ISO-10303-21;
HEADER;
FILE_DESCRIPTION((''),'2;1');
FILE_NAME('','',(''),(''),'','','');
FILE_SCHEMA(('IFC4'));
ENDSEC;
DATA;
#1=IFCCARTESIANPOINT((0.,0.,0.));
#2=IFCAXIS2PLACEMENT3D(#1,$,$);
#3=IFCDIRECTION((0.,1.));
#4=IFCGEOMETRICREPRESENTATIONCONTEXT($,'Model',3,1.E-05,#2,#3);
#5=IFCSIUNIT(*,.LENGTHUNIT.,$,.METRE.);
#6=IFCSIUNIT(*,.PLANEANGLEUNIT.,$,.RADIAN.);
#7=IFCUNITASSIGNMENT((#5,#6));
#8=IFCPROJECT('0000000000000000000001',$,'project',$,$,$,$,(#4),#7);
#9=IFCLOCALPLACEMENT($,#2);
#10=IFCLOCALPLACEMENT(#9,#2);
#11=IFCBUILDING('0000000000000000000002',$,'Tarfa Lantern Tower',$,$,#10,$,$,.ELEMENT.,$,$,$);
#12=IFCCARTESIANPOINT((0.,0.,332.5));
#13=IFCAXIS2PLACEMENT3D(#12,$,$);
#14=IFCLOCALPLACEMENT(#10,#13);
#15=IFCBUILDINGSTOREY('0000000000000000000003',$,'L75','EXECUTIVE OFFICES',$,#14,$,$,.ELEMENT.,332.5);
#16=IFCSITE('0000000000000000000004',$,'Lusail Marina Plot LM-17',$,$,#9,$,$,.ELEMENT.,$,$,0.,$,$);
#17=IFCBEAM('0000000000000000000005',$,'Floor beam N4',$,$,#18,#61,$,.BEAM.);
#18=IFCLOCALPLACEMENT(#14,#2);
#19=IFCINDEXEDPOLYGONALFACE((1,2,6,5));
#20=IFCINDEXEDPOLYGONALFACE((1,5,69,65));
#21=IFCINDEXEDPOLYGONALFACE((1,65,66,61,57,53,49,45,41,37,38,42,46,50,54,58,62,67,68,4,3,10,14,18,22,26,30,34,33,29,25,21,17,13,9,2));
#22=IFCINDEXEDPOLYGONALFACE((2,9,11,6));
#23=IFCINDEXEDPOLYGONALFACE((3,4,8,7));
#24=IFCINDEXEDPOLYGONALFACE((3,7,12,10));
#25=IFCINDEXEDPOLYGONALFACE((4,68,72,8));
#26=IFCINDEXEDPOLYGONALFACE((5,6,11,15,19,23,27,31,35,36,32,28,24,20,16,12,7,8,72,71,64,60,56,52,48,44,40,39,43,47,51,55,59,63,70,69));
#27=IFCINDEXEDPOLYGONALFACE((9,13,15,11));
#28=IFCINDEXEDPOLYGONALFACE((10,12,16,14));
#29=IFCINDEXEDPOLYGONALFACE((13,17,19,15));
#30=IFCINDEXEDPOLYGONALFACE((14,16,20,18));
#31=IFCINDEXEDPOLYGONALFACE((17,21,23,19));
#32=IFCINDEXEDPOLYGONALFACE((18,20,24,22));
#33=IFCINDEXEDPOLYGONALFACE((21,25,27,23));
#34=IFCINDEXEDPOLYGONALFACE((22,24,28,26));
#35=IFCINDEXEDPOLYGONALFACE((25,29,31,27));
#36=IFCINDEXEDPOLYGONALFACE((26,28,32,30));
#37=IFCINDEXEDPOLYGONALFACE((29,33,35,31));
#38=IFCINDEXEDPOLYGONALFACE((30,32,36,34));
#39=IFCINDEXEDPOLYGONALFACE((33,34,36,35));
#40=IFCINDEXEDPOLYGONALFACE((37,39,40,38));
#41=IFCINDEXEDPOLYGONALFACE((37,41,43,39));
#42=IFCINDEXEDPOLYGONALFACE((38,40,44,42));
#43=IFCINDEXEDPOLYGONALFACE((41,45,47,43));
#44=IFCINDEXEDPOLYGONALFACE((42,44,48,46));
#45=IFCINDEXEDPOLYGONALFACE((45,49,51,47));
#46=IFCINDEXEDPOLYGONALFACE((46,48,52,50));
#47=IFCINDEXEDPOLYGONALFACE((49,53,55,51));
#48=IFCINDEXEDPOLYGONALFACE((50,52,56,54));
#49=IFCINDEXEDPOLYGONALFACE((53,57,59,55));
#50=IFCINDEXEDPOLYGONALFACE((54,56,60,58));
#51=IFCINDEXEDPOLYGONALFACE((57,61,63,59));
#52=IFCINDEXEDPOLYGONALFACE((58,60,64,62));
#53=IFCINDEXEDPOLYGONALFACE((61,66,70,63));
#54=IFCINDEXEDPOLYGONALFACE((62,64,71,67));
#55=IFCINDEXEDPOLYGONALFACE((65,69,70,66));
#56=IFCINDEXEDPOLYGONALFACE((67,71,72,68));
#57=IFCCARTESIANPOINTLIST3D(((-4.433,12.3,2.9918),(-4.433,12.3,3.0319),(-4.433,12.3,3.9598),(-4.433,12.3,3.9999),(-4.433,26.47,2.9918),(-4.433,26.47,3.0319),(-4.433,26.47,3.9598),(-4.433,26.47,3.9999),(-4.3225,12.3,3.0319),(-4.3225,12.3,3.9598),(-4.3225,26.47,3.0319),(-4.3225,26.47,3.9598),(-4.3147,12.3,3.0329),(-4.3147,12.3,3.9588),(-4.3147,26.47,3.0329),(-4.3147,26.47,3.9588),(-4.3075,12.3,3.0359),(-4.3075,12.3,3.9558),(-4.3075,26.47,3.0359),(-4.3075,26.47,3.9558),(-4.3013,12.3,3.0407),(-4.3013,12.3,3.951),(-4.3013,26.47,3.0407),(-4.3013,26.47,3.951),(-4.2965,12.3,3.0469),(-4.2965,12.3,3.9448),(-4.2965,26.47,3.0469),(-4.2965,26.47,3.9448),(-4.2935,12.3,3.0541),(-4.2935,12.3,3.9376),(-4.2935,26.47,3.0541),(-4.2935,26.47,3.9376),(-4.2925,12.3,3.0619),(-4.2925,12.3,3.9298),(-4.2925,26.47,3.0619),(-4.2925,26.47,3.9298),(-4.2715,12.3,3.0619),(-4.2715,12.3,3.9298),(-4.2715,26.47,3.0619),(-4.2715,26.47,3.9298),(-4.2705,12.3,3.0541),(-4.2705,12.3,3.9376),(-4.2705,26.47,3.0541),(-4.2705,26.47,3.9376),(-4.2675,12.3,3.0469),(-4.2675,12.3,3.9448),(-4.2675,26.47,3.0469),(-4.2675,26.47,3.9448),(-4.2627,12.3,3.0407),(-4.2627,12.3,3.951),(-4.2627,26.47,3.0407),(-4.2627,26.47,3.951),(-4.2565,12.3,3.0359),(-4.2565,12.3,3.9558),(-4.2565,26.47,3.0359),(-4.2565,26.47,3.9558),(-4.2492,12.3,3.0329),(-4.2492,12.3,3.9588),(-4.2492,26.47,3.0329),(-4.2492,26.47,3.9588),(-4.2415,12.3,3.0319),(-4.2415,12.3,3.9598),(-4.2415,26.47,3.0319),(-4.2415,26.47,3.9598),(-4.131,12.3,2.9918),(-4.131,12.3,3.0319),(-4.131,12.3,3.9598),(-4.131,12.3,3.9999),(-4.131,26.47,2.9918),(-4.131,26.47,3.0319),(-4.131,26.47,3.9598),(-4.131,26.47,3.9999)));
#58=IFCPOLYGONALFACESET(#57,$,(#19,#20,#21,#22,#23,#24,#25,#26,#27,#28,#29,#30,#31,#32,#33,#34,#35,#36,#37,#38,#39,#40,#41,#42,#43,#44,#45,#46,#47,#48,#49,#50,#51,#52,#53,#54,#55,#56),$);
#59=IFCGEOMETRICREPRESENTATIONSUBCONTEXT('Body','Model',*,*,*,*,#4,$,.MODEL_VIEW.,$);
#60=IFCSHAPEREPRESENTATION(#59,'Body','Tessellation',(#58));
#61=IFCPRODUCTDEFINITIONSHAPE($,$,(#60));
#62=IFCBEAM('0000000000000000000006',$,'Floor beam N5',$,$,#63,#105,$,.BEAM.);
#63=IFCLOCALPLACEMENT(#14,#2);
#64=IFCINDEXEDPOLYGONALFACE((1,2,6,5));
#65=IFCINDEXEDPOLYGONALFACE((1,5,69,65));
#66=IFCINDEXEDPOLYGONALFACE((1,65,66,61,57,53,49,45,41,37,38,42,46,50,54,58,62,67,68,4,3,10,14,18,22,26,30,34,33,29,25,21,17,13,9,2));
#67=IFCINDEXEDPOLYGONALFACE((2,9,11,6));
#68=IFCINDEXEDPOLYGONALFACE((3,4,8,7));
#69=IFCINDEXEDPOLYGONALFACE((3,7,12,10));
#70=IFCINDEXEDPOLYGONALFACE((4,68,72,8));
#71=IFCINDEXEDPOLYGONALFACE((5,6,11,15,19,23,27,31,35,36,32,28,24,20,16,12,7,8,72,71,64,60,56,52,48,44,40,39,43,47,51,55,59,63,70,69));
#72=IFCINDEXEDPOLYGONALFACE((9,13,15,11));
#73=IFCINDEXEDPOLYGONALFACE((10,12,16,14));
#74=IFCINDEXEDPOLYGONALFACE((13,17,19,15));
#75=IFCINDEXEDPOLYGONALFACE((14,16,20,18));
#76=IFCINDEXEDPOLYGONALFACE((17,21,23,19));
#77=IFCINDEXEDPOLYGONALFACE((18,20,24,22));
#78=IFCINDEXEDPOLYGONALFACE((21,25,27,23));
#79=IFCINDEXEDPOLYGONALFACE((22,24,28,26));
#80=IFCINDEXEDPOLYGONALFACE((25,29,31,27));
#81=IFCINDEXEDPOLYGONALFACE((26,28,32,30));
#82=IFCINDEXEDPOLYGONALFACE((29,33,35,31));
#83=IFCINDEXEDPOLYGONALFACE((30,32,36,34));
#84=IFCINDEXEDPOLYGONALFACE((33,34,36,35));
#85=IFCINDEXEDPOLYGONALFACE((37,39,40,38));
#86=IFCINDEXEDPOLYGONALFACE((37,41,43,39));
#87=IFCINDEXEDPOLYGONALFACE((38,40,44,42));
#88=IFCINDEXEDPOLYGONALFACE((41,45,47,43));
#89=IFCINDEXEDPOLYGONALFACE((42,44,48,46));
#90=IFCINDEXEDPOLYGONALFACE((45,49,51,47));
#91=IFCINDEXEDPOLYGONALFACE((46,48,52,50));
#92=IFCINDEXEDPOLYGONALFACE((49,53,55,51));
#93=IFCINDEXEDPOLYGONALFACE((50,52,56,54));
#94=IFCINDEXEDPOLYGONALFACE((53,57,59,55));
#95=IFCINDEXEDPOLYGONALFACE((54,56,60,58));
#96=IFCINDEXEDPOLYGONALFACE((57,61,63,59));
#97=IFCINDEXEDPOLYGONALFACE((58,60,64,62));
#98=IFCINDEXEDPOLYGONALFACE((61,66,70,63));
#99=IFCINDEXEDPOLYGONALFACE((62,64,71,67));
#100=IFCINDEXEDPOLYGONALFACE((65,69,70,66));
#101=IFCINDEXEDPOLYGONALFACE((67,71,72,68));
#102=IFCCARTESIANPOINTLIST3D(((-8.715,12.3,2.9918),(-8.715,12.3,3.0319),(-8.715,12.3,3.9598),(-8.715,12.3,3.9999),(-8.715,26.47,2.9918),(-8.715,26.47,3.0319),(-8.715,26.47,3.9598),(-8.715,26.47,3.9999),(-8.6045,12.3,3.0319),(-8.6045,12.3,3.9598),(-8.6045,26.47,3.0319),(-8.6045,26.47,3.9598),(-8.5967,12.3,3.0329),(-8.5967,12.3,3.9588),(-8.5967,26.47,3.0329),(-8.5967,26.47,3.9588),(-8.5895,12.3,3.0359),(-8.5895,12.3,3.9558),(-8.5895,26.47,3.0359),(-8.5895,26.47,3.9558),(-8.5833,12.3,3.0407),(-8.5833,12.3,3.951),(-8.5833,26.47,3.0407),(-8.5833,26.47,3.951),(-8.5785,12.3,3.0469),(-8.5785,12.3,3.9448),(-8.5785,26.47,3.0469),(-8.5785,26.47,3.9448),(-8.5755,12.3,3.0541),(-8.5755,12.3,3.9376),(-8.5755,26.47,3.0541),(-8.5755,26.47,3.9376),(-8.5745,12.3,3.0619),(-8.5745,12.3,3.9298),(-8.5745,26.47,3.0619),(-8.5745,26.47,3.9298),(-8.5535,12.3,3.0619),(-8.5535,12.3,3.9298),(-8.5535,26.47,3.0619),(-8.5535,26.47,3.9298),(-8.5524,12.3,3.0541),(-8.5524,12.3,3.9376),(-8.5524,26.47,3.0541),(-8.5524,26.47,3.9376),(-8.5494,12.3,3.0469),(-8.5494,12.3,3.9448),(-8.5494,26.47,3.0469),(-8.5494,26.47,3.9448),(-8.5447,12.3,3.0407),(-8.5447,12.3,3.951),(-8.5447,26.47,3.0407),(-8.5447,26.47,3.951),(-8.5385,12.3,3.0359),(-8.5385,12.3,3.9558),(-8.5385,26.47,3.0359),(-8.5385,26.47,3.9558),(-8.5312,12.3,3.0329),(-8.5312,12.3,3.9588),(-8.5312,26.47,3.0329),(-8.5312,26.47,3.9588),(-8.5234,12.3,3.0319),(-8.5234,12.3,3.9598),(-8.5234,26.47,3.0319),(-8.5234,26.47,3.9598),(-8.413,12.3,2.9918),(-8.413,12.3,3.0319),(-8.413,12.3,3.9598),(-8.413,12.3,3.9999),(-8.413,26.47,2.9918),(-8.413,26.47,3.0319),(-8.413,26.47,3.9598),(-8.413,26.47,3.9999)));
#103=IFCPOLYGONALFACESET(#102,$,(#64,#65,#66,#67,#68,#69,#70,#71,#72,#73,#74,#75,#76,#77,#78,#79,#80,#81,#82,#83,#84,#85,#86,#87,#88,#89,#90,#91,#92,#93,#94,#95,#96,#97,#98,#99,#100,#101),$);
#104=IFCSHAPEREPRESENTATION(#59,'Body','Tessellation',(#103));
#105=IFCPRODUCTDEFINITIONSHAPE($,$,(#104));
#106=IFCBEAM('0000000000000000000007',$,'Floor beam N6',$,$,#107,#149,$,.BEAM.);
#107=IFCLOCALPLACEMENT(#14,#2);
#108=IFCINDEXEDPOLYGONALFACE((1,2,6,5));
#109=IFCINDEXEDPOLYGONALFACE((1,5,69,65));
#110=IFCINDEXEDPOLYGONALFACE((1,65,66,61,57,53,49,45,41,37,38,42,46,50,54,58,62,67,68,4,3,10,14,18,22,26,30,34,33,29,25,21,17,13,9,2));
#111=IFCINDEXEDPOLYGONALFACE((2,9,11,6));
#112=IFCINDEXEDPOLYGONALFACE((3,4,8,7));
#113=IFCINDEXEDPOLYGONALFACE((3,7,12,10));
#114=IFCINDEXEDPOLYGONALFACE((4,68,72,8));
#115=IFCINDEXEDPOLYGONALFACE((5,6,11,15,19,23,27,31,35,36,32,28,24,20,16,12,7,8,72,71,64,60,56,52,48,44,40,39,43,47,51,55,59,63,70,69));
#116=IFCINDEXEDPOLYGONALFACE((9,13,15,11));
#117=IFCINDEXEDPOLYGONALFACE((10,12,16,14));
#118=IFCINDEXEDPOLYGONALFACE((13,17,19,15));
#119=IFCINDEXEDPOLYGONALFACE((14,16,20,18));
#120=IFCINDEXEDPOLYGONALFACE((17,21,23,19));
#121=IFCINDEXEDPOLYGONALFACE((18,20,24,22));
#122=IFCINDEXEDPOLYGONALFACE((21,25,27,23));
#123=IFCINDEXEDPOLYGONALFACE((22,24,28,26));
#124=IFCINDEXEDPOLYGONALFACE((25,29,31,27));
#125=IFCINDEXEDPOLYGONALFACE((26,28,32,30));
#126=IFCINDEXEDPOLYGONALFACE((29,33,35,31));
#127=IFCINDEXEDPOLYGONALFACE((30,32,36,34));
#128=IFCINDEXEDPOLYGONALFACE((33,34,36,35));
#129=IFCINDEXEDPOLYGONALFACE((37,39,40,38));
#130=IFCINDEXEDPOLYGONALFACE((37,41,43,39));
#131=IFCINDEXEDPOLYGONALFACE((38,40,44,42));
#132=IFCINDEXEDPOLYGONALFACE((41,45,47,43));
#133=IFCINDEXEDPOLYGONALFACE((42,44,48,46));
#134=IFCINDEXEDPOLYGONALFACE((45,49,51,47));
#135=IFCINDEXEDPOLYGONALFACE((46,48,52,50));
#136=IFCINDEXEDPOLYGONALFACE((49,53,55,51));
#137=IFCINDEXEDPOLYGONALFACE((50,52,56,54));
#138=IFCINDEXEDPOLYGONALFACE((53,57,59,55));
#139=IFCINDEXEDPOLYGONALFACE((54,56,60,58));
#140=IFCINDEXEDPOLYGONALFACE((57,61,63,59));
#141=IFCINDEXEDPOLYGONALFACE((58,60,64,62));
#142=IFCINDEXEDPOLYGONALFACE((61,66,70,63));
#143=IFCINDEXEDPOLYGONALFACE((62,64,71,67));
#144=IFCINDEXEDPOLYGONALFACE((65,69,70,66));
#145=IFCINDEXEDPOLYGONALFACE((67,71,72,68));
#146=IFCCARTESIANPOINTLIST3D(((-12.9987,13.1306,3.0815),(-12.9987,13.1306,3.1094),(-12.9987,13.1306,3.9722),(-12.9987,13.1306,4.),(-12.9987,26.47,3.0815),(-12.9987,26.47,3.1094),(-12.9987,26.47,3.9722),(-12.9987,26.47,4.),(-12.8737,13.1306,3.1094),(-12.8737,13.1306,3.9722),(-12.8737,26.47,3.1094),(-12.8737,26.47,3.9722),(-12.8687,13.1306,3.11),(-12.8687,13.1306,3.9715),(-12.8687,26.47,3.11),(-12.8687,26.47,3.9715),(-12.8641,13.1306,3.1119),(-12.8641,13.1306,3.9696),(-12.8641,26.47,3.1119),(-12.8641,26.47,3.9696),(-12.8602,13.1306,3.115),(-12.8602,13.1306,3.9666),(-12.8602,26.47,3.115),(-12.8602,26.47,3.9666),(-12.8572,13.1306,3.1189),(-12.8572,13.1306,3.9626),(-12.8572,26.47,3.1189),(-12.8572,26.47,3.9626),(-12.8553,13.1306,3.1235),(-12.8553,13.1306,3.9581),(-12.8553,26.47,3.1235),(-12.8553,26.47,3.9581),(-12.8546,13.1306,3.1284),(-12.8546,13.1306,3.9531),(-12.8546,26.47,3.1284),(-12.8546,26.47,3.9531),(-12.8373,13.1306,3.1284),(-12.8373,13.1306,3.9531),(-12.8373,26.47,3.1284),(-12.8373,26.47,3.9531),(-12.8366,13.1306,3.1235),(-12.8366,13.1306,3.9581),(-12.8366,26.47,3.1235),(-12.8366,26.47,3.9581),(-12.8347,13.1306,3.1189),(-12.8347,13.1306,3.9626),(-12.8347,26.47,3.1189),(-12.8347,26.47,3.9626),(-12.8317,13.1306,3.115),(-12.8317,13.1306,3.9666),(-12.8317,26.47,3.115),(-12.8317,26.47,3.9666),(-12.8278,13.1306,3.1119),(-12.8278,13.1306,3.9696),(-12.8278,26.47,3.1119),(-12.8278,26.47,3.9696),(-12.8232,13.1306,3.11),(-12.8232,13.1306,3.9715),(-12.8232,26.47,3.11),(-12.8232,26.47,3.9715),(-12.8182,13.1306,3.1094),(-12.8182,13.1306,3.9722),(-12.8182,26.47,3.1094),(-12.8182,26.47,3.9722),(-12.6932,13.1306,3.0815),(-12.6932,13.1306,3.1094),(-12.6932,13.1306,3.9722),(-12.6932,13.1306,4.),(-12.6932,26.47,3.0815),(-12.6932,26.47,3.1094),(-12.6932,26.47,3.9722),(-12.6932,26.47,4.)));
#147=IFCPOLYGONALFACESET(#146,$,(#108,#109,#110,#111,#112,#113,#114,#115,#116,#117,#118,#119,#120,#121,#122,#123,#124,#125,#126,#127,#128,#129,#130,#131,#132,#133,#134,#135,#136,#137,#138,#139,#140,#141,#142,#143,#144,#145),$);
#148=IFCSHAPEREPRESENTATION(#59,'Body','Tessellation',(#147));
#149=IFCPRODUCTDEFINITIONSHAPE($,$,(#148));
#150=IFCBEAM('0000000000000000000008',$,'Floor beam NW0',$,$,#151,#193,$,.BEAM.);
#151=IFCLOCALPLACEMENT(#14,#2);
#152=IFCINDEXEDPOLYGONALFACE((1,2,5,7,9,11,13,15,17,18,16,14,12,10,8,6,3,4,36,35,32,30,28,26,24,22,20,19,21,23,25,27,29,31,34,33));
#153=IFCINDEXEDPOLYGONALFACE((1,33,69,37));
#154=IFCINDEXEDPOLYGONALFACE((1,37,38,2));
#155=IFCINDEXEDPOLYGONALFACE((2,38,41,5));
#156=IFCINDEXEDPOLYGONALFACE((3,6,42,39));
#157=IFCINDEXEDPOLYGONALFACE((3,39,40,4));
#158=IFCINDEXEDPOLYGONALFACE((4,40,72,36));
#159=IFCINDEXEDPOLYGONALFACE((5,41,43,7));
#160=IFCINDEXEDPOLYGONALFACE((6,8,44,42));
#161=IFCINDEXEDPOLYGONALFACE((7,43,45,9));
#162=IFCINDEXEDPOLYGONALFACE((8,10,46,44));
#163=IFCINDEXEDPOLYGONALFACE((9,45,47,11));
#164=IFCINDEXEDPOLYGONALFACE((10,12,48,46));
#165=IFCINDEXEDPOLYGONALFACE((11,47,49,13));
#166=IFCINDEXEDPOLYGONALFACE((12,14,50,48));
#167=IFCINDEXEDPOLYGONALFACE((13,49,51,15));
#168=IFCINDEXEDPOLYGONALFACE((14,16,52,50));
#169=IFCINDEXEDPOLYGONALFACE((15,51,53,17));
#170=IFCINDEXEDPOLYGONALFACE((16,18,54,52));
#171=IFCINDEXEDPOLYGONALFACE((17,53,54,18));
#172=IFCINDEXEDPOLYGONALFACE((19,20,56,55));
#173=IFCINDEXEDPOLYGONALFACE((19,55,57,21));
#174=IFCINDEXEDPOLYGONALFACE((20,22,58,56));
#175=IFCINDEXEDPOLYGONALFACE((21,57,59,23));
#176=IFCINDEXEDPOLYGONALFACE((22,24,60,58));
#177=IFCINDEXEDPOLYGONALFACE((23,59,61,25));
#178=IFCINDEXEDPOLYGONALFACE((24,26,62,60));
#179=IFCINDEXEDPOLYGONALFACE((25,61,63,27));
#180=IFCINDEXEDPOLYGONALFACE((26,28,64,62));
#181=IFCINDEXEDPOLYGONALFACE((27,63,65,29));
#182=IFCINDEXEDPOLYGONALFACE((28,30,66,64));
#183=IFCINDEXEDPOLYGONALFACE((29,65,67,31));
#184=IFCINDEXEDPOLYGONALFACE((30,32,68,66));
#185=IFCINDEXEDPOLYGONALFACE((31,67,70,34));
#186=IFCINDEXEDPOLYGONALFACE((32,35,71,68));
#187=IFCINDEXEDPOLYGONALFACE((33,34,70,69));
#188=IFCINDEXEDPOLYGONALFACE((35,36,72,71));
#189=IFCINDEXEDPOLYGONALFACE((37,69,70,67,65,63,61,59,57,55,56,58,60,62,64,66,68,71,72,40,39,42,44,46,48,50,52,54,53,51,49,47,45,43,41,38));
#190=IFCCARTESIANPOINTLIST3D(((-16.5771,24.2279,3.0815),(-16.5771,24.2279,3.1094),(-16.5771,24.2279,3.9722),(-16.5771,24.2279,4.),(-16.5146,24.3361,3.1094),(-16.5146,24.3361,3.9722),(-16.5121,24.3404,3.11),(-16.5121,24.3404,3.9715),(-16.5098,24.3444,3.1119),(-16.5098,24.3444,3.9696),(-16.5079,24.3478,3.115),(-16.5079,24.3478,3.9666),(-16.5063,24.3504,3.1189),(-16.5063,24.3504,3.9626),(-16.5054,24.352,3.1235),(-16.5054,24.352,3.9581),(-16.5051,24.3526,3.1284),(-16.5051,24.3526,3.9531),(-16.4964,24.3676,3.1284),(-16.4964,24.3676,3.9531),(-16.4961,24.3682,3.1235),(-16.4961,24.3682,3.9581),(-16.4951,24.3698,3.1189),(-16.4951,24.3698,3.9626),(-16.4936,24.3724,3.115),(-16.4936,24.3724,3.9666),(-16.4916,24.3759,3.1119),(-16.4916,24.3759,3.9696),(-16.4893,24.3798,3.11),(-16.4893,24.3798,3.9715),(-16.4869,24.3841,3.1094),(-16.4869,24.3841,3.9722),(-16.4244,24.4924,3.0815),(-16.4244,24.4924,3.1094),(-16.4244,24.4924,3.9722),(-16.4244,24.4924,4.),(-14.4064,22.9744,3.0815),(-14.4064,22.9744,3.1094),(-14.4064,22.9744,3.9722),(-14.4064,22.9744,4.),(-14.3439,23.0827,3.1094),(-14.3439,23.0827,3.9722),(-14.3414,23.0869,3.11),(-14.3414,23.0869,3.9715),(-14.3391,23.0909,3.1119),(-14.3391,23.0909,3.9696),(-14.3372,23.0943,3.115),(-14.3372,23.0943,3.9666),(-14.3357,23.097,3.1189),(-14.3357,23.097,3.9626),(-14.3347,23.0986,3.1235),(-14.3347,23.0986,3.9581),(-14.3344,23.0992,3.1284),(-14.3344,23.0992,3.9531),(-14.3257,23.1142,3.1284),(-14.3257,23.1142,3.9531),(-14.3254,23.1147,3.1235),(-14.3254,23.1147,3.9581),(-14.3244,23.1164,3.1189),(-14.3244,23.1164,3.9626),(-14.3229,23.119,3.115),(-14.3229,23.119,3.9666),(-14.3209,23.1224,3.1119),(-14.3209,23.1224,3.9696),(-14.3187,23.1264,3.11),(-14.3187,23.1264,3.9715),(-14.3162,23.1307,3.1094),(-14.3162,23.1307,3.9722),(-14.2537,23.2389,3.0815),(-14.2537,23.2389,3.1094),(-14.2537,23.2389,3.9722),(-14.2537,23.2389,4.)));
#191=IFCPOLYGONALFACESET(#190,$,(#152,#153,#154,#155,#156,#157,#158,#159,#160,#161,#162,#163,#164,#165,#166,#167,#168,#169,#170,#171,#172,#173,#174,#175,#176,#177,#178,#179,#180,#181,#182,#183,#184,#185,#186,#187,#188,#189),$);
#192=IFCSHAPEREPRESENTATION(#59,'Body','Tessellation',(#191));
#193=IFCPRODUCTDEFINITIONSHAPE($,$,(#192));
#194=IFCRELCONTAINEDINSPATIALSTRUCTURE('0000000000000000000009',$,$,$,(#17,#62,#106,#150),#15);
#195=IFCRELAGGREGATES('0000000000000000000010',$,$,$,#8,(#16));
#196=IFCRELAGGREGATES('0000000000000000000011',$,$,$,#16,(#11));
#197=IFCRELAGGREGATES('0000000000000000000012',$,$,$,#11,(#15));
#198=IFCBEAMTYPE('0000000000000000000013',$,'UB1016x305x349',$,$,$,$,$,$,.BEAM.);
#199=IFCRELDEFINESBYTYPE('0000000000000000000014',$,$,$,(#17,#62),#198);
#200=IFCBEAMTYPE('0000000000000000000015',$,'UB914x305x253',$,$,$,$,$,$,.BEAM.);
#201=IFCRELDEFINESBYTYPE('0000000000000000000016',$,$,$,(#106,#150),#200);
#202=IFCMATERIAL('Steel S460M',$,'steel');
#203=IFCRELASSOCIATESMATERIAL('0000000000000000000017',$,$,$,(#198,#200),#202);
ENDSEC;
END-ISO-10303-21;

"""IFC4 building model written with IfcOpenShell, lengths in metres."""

from ifc_helpers import new_model, si_unit, direction, frame, origin, origin_2d, place, context, subcontext, project, spatial, i_section, extrude, material, material_profile, profile_set, type_object, element, save


model = new_model("IFC4")

# Units and contexts
model_context = context("Model", 3, precision=1e-05, world=origin(), true_north=direction((0.0, 1.0)))
body_context = subcontext(model_context, "Body", "Model", "MODEL_VIEW")
ifc_project = project(units=[si_unit("LENGTHUNIT", "METRE"), si_unit("PLANEANGLEUNIT", "RADIAN")], contexts=[model_context])

# Site, building, storey
site_placement = place(None, origin())
site = spatial("IfcSite", under=ifc_project, at=site_placement, Name="Lusail Marina Plot LM-17", CompositionType="ELEMENT", RefElevation=0.0)
building_placement = place(site_placement, origin())
building = spatial("IfcBuilding", under=site, at=building_placement, Name="Tarfa Lantern Tower", CompositionType="ELEMENT")
storey_placement = place(building_placement, frame((0.0, 0.0, 332.5)))
storey = spatial("IfcBuildingStorey", under=building, at=storey_placement, Name="L75", Description="EXECUTIVE OFFICES", CompositionType="ELEMENT", Elevation=332.5)

# Beams
ifc_material_1 = material(Name="Steel S460M", Category="steel")
ifc_material_profile_1 = material_profile(ifc_material_1, i_section(OverallWidth=0.302, OverallDepth=1.0081, WebThickness=0.021, FlangeThickness=0.04, FilletRadius=0.03, at=origin_2d()), Name="UB1016x305x349")
ifc_profile_set_1 = profile_set([ifc_material_profile_1], Name="Steel S460M")
beam_type_1 = type_object("IfcBeamType", Name="UB1016x305x349", PredefinedType="BEAM", material=ifc_profile_set_1)
for number, where, z_axis, x_axis, name in (
    (1, (-4.282, 26.47, 3.4958), (0.0, -1.0, 0.0), (1.0, 0.0, 0.0), "Floor beam N4"),
    (2, (-8.564, 26.47, 3.4958), (0.0, -1.0, 0.0), (1.0, 0.0, 0.0), "Floor beam N5"),
):
    element("IfcBeam", number, at=place(storey_placement, frame(where, z_axis=z_axis, x_axis=x_axis)), inside=storey, type_object=beam_type_1, Name=name, PredefinedType="BEAM", context=body_context, shape_type="SweptSolid", body=[
        extrude(i_section(OverallWidth=0.302, OverallDepth=1.0081, WebThickness=0.021, FlangeThickness=0.04, FilletRadius=0.03, at=origin_2d()), origin(), (0.0, 0.0, 1.0), 14.1699),
    ])
ifc_material_profile_2 = material_profile(ifc_material_1, i_section(OverallWidth=0.3054, OverallDepth=0.9185, WebThickness=0.0173, FlangeThickness=0.0278, FilletRadius=0.019, at=origin_2d()), Name="UB914x305x253")
ifc_profile_set_2 = profile_set([ifc_material_profile_2], Name="Steel S460M")
beam_type_2 = type_object("IfcBeamType", Name="UB914x305x253", PredefinedType="BEAM", material=ifc_profile_set_2)
beam_1_placement = place(storey_placement, frame((-12.8459, 26.47, 3.5408), z_axis=(0.0, -1.0, 0.0), x_axis=(1.0, 0.0, 0.0)))
element("IfcBeam", 3, at=beam_1_placement, inside=storey, type_object=beam_type_2, Name="Floor beam N6", PredefinedType="BEAM", context=body_context, shape_type="SweptSolid", body=[
    extrude(i_section(OverallWidth=0.3054, OverallDepth=0.9185, WebThickness=0.0173, FlangeThickness=0.0278, FilletRadius=0.019, at=origin_2d()), origin(), (0.0, 0.0, 1.0), 13.3394),
])
beam_2_placement = place(storey_placement, frame((-16.5007, 24.3601, 3.5408), z_axis=(0.865993, -0.500057, 0.0), x_axis=(0.500057, 0.865993, 0.0)))
element("IfcBeam", 4, at=beam_2_placement, inside=storey, type_object=beam_type_2, Name="Floor beam NW0", PredefinedType="BEAM", context=body_context, shape_type="SweptSolid", body=[
    extrude(i_section(OverallWidth=0.3054, OverallDepth=0.9185, WebThickness=0.0173, FlangeThickness=0.0278, FilletRadius=0.019, at=origin_2d()), origin(), (0.0, 0.0, 1.0), 2.5066),
])

save(model, "model.ifc")
